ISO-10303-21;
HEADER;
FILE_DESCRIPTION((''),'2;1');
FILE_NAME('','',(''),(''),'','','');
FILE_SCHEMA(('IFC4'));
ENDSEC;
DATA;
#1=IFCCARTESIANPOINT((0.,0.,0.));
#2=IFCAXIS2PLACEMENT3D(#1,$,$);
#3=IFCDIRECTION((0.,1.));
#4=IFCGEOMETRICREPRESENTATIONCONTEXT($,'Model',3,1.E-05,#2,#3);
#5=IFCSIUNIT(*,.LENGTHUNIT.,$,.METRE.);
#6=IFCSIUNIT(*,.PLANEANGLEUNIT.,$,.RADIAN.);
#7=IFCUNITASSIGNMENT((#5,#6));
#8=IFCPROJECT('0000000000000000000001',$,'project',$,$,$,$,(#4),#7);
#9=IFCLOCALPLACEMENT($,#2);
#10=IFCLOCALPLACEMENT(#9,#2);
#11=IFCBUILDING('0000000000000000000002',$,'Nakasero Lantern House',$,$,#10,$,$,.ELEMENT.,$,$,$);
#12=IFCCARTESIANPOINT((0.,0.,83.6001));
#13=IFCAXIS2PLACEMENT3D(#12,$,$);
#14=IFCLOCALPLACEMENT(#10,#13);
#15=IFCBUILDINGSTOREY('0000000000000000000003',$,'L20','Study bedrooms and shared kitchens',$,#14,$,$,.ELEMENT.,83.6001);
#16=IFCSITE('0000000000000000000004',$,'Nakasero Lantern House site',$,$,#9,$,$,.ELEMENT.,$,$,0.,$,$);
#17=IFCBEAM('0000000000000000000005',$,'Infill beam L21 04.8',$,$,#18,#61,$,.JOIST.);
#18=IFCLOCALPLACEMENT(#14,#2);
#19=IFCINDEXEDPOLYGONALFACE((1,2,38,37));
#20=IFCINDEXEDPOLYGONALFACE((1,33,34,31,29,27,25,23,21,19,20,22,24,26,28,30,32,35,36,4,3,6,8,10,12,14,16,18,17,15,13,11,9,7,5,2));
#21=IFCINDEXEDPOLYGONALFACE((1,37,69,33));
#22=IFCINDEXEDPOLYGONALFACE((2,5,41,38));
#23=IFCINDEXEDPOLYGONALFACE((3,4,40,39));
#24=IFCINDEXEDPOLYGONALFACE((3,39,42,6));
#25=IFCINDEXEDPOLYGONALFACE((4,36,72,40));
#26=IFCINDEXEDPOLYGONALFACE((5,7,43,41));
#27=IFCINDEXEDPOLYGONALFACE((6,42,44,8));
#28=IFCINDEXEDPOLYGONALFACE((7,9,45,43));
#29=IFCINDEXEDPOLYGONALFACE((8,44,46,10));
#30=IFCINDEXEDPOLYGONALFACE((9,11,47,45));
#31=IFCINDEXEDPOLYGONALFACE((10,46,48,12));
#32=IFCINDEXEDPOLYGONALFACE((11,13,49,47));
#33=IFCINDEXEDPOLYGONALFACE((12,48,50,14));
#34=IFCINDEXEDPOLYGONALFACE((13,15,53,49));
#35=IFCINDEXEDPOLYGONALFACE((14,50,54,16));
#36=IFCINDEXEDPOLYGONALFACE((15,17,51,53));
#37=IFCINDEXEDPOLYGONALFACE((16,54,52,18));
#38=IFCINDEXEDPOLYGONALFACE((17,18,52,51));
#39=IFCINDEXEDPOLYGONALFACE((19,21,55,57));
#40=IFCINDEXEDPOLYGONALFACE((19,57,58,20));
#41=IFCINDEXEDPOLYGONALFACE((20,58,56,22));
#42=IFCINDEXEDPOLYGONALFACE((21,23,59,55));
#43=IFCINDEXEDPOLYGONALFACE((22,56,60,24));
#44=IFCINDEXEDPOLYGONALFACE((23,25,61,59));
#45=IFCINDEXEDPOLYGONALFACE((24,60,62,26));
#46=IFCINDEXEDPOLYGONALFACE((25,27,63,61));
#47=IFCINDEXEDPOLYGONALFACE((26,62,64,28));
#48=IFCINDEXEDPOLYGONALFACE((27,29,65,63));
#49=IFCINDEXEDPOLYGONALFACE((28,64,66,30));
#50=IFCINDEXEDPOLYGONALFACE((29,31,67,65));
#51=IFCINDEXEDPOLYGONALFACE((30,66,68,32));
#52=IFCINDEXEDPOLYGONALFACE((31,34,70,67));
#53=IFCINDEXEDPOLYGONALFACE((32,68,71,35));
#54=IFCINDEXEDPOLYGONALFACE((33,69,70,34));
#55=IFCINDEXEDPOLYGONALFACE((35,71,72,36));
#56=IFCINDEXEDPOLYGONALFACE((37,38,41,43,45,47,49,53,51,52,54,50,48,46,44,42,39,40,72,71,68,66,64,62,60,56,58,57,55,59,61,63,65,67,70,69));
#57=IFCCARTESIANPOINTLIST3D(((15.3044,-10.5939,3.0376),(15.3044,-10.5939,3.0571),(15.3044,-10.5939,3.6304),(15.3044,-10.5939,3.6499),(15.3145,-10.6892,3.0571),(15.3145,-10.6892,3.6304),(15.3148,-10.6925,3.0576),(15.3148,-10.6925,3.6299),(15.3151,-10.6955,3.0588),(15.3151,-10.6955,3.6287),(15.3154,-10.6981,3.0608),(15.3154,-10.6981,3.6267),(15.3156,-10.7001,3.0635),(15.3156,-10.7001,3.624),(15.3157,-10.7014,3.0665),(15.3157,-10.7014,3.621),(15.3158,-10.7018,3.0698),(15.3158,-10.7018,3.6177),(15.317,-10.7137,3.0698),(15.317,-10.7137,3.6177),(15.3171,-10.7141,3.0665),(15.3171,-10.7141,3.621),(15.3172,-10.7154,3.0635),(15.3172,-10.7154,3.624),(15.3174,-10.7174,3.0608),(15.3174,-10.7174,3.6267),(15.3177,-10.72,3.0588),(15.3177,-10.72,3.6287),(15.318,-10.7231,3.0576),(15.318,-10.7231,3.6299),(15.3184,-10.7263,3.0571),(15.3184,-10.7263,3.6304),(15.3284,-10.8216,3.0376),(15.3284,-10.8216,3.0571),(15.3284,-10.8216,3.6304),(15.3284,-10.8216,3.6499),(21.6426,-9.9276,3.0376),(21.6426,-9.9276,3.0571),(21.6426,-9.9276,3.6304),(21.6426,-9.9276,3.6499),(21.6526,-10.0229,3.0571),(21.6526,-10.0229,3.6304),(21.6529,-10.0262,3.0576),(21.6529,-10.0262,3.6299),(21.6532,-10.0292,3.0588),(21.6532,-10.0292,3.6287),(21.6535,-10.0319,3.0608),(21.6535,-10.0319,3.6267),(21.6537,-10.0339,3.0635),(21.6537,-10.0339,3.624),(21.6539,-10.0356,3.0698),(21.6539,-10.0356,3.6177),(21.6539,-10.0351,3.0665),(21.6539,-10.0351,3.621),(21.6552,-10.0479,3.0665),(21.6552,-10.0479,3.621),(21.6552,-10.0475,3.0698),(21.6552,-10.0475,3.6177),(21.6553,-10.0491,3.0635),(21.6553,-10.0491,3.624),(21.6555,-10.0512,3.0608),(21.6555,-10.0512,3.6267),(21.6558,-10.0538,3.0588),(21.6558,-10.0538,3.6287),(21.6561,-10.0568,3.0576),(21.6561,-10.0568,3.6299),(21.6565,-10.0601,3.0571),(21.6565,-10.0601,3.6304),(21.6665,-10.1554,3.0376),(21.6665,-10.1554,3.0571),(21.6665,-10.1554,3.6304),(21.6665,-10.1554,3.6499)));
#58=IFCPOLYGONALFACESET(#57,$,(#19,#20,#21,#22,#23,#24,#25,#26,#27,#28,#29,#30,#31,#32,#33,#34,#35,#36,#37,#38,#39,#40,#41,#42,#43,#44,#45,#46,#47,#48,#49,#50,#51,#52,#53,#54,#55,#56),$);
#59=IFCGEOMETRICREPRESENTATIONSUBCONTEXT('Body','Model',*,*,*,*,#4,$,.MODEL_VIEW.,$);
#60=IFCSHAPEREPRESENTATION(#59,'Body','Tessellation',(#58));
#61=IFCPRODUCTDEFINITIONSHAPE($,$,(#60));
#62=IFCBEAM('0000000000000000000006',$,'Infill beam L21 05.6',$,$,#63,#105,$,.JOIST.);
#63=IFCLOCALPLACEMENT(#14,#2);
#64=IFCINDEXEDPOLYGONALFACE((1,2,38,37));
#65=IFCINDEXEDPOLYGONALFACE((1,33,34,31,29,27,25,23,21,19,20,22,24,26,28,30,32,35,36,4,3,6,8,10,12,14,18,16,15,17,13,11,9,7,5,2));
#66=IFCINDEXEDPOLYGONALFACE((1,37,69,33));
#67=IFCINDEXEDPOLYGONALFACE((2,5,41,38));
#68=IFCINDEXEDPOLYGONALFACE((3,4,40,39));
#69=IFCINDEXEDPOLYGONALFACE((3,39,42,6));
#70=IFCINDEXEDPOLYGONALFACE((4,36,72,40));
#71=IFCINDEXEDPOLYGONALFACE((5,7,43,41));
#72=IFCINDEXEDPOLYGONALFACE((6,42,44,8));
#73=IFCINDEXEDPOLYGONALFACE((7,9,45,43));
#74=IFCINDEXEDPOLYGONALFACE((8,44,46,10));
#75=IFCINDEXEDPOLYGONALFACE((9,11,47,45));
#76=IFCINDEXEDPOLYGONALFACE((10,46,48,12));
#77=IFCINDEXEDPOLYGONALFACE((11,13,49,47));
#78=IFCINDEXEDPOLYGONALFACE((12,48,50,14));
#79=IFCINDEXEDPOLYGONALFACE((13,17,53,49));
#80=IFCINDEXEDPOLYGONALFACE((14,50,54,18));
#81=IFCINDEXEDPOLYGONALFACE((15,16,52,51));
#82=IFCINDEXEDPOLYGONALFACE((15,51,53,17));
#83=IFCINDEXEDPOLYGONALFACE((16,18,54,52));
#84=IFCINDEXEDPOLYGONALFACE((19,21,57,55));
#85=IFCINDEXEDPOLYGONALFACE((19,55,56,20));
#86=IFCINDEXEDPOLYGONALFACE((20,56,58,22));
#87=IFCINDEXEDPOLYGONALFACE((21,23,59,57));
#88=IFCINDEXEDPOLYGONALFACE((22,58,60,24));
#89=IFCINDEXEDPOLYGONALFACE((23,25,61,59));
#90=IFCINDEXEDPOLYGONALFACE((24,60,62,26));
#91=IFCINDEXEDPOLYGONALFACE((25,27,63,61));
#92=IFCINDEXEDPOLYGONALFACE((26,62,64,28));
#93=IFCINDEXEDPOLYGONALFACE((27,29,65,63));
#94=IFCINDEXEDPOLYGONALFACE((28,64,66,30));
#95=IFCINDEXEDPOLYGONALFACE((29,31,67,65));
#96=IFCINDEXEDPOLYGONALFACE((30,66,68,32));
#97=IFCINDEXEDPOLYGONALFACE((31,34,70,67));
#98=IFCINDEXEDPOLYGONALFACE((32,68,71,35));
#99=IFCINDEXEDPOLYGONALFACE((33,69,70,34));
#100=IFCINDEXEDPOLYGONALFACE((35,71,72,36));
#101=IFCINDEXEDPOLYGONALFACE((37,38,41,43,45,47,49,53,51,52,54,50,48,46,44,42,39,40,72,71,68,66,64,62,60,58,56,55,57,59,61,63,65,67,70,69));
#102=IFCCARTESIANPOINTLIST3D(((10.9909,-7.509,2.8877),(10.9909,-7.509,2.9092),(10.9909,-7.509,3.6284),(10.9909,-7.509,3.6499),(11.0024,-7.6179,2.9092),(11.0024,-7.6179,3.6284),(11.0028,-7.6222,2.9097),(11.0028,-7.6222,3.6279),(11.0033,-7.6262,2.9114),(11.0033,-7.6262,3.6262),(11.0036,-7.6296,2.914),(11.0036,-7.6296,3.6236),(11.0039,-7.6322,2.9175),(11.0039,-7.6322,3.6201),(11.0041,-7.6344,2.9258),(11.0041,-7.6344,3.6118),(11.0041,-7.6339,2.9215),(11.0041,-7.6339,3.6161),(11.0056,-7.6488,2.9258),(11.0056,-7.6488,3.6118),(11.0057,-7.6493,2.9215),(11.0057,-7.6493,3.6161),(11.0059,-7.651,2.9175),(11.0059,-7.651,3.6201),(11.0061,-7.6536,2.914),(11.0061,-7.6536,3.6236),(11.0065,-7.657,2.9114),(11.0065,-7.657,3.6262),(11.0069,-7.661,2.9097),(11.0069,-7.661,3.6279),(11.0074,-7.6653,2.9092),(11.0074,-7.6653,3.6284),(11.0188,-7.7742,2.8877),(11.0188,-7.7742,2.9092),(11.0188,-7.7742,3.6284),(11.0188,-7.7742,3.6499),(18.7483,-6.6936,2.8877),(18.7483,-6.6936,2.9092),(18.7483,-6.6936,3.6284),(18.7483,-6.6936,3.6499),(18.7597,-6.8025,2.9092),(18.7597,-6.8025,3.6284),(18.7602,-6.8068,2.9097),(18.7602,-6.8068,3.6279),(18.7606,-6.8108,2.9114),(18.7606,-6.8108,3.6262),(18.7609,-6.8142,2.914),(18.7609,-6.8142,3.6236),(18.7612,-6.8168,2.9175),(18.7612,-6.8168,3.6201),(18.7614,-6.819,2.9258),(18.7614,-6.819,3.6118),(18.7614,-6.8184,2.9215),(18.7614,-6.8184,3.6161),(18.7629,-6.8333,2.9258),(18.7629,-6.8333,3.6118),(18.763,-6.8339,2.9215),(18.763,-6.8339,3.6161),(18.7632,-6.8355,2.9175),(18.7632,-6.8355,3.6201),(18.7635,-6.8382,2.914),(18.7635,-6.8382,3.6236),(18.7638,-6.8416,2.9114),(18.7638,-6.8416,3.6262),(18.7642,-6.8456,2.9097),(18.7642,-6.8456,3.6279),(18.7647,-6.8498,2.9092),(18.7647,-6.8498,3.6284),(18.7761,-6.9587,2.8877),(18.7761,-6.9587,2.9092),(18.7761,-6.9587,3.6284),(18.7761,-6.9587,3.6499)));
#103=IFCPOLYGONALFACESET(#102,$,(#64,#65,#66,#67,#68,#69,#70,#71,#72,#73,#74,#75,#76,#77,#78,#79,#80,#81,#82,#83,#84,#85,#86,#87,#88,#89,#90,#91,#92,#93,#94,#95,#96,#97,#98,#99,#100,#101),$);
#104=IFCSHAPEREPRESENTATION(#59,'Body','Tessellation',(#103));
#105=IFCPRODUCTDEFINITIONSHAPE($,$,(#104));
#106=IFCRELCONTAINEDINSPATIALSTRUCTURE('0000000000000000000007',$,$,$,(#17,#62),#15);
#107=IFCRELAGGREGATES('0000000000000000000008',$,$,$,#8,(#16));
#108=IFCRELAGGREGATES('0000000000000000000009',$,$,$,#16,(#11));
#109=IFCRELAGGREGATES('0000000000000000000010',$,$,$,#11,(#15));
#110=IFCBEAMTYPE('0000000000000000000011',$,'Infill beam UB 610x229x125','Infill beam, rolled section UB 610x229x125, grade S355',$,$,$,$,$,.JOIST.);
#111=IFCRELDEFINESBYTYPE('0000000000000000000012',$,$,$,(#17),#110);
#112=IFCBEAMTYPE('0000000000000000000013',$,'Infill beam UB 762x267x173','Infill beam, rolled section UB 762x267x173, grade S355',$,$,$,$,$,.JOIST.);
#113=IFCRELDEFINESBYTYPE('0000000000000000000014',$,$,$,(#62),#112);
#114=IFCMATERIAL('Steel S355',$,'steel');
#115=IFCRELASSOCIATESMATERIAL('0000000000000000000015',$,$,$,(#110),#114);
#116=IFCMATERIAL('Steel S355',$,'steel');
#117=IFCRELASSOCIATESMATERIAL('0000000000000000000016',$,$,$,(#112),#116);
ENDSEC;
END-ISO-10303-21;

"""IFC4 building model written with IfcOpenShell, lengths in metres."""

from ifc_helpers import new_model, si_unit, direction, frame, origin, origin_2d, place, context, subcontext, project, spatial, i_section, extrude, material, material_profile, profile_set, type_object, element, save


model = new_model("IFC4")

# Units and contexts
model_context = context("Model", 3, precision=1e-05, world=origin(), true_north=direction((0.0, 1.0)))
body_context = subcontext(model_context, "Body", "Model", "MODEL_VIEW")
ifc_project = project(units=[si_unit("LENGTHUNIT", "METRE"), si_unit("PLANEANGLEUNIT", "RADIAN")], contexts=[model_context])

# Site, building, storey
site_placement = place(None, origin())
site = spatial("IfcSite", under=ifc_project, at=site_placement, Name="Nakasero Lantern House site", CompositionType="ELEMENT", RefElevation=0.0)
building_placement = place(site_placement, origin())
building = spatial("IfcBuilding", under=site, at=building_placement, Name="Nakasero Lantern House", CompositionType="ELEMENT")
storey_placement = place(building_placement, frame((0.0, 0.0, 83.6001)))
storey = spatial("IfcBuildingStorey", under=building, at=storey_placement, Name="L20", Description="Study bedrooms and shared kitchens", CompositionType="ELEMENT", Elevation=83.6001)

# Beams
ifc_material_1 = material(Name="Steel S355", Category="steel")
ifc_material_profile_1 = material_profile(ifc_material_1, i_section(OverallWidth=0.229, OverallDepth=0.6123, WebThickness=0.012, FlangeThickness=0.0195, FilletRadius=0.0127, at=origin_2d()), Name="UB 610x229x125")
ifc_profile_set_1 = profile_set([ifc_material_profile_1], Name="Steel S355")
beam_type_1 = type_object("IfcBeamType", Name="Infill beam UB 610x229x125", Description="Infill beam, rolled section UB 610x229x125, grade S355", PredefinedType="JOIST", material=ifc_profile_set_1)
beam_1_placement = place(storey_placement, frame((15.3164, -10.7078, 3.3438), z_axis=(0.99452, 0.104543, 0.0), x_axis=(-0.104543, 0.99452, 0.0)))
element("IfcBeam", 1, at=beam_1_placement, inside=storey, type_object=beam_type_1, Name="Infill beam L21 04.8", PredefinedType="JOIST", context=body_context, shape_type="SweptSolid", body=[
    extrude(i_section(OverallWidth=0.229, OverallDepth=0.6123, WebThickness=0.012, FlangeThickness=0.0195, FilletRadius=0.0127, at=origin_2d()), origin(), (0.0, 0.0, 1.0), 6.373),
])
ifc_material_2 = material(Name="Steel S355", Category="steel")
ifc_material_profile_2 = material_profile(ifc_material_2, i_section(OverallWidth=0.2666, OverallDepth=0.7622, WebThickness=0.0144, FlangeThickness=0.0215, FilletRadius=0.0166, at=origin_2d()), Name="UB 762x267x173")
ifc_profile_set_2 = profile_set([ifc_material_profile_2], Name="Steel S355")
beam_type_2 = type_object("IfcBeamType", Name="Infill beam UB 762x267x173", Description="Infill beam, rolled section UB 762x267x173, grade S355", PredefinedType="JOIST", material=ifc_profile_set_2)
beam_2_placement = place(storey_placement, frame((11.0049, -7.6416, 3.2688), z_axis=(0.994521, 0.104541, 0.0), x_axis=(-0.104541, 0.994521, 0.0)))
element("IfcBeam", 2, at=beam_2_placement, inside=storey, type_object=beam_type_2, Name="Infill beam L21 05.6", PredefinedType="JOIST", context=body_context, shape_type="SweptSolid", body=[
    extrude(i_section(OverallWidth=0.2666, OverallDepth=0.7622, WebThickness=0.0144, FlangeThickness=0.0215, FilletRadius=0.0166, at=origin_2d()), origin(), (0.0, 0.0, 1.0), 7.8),
])

save(model, "model.ifc")
